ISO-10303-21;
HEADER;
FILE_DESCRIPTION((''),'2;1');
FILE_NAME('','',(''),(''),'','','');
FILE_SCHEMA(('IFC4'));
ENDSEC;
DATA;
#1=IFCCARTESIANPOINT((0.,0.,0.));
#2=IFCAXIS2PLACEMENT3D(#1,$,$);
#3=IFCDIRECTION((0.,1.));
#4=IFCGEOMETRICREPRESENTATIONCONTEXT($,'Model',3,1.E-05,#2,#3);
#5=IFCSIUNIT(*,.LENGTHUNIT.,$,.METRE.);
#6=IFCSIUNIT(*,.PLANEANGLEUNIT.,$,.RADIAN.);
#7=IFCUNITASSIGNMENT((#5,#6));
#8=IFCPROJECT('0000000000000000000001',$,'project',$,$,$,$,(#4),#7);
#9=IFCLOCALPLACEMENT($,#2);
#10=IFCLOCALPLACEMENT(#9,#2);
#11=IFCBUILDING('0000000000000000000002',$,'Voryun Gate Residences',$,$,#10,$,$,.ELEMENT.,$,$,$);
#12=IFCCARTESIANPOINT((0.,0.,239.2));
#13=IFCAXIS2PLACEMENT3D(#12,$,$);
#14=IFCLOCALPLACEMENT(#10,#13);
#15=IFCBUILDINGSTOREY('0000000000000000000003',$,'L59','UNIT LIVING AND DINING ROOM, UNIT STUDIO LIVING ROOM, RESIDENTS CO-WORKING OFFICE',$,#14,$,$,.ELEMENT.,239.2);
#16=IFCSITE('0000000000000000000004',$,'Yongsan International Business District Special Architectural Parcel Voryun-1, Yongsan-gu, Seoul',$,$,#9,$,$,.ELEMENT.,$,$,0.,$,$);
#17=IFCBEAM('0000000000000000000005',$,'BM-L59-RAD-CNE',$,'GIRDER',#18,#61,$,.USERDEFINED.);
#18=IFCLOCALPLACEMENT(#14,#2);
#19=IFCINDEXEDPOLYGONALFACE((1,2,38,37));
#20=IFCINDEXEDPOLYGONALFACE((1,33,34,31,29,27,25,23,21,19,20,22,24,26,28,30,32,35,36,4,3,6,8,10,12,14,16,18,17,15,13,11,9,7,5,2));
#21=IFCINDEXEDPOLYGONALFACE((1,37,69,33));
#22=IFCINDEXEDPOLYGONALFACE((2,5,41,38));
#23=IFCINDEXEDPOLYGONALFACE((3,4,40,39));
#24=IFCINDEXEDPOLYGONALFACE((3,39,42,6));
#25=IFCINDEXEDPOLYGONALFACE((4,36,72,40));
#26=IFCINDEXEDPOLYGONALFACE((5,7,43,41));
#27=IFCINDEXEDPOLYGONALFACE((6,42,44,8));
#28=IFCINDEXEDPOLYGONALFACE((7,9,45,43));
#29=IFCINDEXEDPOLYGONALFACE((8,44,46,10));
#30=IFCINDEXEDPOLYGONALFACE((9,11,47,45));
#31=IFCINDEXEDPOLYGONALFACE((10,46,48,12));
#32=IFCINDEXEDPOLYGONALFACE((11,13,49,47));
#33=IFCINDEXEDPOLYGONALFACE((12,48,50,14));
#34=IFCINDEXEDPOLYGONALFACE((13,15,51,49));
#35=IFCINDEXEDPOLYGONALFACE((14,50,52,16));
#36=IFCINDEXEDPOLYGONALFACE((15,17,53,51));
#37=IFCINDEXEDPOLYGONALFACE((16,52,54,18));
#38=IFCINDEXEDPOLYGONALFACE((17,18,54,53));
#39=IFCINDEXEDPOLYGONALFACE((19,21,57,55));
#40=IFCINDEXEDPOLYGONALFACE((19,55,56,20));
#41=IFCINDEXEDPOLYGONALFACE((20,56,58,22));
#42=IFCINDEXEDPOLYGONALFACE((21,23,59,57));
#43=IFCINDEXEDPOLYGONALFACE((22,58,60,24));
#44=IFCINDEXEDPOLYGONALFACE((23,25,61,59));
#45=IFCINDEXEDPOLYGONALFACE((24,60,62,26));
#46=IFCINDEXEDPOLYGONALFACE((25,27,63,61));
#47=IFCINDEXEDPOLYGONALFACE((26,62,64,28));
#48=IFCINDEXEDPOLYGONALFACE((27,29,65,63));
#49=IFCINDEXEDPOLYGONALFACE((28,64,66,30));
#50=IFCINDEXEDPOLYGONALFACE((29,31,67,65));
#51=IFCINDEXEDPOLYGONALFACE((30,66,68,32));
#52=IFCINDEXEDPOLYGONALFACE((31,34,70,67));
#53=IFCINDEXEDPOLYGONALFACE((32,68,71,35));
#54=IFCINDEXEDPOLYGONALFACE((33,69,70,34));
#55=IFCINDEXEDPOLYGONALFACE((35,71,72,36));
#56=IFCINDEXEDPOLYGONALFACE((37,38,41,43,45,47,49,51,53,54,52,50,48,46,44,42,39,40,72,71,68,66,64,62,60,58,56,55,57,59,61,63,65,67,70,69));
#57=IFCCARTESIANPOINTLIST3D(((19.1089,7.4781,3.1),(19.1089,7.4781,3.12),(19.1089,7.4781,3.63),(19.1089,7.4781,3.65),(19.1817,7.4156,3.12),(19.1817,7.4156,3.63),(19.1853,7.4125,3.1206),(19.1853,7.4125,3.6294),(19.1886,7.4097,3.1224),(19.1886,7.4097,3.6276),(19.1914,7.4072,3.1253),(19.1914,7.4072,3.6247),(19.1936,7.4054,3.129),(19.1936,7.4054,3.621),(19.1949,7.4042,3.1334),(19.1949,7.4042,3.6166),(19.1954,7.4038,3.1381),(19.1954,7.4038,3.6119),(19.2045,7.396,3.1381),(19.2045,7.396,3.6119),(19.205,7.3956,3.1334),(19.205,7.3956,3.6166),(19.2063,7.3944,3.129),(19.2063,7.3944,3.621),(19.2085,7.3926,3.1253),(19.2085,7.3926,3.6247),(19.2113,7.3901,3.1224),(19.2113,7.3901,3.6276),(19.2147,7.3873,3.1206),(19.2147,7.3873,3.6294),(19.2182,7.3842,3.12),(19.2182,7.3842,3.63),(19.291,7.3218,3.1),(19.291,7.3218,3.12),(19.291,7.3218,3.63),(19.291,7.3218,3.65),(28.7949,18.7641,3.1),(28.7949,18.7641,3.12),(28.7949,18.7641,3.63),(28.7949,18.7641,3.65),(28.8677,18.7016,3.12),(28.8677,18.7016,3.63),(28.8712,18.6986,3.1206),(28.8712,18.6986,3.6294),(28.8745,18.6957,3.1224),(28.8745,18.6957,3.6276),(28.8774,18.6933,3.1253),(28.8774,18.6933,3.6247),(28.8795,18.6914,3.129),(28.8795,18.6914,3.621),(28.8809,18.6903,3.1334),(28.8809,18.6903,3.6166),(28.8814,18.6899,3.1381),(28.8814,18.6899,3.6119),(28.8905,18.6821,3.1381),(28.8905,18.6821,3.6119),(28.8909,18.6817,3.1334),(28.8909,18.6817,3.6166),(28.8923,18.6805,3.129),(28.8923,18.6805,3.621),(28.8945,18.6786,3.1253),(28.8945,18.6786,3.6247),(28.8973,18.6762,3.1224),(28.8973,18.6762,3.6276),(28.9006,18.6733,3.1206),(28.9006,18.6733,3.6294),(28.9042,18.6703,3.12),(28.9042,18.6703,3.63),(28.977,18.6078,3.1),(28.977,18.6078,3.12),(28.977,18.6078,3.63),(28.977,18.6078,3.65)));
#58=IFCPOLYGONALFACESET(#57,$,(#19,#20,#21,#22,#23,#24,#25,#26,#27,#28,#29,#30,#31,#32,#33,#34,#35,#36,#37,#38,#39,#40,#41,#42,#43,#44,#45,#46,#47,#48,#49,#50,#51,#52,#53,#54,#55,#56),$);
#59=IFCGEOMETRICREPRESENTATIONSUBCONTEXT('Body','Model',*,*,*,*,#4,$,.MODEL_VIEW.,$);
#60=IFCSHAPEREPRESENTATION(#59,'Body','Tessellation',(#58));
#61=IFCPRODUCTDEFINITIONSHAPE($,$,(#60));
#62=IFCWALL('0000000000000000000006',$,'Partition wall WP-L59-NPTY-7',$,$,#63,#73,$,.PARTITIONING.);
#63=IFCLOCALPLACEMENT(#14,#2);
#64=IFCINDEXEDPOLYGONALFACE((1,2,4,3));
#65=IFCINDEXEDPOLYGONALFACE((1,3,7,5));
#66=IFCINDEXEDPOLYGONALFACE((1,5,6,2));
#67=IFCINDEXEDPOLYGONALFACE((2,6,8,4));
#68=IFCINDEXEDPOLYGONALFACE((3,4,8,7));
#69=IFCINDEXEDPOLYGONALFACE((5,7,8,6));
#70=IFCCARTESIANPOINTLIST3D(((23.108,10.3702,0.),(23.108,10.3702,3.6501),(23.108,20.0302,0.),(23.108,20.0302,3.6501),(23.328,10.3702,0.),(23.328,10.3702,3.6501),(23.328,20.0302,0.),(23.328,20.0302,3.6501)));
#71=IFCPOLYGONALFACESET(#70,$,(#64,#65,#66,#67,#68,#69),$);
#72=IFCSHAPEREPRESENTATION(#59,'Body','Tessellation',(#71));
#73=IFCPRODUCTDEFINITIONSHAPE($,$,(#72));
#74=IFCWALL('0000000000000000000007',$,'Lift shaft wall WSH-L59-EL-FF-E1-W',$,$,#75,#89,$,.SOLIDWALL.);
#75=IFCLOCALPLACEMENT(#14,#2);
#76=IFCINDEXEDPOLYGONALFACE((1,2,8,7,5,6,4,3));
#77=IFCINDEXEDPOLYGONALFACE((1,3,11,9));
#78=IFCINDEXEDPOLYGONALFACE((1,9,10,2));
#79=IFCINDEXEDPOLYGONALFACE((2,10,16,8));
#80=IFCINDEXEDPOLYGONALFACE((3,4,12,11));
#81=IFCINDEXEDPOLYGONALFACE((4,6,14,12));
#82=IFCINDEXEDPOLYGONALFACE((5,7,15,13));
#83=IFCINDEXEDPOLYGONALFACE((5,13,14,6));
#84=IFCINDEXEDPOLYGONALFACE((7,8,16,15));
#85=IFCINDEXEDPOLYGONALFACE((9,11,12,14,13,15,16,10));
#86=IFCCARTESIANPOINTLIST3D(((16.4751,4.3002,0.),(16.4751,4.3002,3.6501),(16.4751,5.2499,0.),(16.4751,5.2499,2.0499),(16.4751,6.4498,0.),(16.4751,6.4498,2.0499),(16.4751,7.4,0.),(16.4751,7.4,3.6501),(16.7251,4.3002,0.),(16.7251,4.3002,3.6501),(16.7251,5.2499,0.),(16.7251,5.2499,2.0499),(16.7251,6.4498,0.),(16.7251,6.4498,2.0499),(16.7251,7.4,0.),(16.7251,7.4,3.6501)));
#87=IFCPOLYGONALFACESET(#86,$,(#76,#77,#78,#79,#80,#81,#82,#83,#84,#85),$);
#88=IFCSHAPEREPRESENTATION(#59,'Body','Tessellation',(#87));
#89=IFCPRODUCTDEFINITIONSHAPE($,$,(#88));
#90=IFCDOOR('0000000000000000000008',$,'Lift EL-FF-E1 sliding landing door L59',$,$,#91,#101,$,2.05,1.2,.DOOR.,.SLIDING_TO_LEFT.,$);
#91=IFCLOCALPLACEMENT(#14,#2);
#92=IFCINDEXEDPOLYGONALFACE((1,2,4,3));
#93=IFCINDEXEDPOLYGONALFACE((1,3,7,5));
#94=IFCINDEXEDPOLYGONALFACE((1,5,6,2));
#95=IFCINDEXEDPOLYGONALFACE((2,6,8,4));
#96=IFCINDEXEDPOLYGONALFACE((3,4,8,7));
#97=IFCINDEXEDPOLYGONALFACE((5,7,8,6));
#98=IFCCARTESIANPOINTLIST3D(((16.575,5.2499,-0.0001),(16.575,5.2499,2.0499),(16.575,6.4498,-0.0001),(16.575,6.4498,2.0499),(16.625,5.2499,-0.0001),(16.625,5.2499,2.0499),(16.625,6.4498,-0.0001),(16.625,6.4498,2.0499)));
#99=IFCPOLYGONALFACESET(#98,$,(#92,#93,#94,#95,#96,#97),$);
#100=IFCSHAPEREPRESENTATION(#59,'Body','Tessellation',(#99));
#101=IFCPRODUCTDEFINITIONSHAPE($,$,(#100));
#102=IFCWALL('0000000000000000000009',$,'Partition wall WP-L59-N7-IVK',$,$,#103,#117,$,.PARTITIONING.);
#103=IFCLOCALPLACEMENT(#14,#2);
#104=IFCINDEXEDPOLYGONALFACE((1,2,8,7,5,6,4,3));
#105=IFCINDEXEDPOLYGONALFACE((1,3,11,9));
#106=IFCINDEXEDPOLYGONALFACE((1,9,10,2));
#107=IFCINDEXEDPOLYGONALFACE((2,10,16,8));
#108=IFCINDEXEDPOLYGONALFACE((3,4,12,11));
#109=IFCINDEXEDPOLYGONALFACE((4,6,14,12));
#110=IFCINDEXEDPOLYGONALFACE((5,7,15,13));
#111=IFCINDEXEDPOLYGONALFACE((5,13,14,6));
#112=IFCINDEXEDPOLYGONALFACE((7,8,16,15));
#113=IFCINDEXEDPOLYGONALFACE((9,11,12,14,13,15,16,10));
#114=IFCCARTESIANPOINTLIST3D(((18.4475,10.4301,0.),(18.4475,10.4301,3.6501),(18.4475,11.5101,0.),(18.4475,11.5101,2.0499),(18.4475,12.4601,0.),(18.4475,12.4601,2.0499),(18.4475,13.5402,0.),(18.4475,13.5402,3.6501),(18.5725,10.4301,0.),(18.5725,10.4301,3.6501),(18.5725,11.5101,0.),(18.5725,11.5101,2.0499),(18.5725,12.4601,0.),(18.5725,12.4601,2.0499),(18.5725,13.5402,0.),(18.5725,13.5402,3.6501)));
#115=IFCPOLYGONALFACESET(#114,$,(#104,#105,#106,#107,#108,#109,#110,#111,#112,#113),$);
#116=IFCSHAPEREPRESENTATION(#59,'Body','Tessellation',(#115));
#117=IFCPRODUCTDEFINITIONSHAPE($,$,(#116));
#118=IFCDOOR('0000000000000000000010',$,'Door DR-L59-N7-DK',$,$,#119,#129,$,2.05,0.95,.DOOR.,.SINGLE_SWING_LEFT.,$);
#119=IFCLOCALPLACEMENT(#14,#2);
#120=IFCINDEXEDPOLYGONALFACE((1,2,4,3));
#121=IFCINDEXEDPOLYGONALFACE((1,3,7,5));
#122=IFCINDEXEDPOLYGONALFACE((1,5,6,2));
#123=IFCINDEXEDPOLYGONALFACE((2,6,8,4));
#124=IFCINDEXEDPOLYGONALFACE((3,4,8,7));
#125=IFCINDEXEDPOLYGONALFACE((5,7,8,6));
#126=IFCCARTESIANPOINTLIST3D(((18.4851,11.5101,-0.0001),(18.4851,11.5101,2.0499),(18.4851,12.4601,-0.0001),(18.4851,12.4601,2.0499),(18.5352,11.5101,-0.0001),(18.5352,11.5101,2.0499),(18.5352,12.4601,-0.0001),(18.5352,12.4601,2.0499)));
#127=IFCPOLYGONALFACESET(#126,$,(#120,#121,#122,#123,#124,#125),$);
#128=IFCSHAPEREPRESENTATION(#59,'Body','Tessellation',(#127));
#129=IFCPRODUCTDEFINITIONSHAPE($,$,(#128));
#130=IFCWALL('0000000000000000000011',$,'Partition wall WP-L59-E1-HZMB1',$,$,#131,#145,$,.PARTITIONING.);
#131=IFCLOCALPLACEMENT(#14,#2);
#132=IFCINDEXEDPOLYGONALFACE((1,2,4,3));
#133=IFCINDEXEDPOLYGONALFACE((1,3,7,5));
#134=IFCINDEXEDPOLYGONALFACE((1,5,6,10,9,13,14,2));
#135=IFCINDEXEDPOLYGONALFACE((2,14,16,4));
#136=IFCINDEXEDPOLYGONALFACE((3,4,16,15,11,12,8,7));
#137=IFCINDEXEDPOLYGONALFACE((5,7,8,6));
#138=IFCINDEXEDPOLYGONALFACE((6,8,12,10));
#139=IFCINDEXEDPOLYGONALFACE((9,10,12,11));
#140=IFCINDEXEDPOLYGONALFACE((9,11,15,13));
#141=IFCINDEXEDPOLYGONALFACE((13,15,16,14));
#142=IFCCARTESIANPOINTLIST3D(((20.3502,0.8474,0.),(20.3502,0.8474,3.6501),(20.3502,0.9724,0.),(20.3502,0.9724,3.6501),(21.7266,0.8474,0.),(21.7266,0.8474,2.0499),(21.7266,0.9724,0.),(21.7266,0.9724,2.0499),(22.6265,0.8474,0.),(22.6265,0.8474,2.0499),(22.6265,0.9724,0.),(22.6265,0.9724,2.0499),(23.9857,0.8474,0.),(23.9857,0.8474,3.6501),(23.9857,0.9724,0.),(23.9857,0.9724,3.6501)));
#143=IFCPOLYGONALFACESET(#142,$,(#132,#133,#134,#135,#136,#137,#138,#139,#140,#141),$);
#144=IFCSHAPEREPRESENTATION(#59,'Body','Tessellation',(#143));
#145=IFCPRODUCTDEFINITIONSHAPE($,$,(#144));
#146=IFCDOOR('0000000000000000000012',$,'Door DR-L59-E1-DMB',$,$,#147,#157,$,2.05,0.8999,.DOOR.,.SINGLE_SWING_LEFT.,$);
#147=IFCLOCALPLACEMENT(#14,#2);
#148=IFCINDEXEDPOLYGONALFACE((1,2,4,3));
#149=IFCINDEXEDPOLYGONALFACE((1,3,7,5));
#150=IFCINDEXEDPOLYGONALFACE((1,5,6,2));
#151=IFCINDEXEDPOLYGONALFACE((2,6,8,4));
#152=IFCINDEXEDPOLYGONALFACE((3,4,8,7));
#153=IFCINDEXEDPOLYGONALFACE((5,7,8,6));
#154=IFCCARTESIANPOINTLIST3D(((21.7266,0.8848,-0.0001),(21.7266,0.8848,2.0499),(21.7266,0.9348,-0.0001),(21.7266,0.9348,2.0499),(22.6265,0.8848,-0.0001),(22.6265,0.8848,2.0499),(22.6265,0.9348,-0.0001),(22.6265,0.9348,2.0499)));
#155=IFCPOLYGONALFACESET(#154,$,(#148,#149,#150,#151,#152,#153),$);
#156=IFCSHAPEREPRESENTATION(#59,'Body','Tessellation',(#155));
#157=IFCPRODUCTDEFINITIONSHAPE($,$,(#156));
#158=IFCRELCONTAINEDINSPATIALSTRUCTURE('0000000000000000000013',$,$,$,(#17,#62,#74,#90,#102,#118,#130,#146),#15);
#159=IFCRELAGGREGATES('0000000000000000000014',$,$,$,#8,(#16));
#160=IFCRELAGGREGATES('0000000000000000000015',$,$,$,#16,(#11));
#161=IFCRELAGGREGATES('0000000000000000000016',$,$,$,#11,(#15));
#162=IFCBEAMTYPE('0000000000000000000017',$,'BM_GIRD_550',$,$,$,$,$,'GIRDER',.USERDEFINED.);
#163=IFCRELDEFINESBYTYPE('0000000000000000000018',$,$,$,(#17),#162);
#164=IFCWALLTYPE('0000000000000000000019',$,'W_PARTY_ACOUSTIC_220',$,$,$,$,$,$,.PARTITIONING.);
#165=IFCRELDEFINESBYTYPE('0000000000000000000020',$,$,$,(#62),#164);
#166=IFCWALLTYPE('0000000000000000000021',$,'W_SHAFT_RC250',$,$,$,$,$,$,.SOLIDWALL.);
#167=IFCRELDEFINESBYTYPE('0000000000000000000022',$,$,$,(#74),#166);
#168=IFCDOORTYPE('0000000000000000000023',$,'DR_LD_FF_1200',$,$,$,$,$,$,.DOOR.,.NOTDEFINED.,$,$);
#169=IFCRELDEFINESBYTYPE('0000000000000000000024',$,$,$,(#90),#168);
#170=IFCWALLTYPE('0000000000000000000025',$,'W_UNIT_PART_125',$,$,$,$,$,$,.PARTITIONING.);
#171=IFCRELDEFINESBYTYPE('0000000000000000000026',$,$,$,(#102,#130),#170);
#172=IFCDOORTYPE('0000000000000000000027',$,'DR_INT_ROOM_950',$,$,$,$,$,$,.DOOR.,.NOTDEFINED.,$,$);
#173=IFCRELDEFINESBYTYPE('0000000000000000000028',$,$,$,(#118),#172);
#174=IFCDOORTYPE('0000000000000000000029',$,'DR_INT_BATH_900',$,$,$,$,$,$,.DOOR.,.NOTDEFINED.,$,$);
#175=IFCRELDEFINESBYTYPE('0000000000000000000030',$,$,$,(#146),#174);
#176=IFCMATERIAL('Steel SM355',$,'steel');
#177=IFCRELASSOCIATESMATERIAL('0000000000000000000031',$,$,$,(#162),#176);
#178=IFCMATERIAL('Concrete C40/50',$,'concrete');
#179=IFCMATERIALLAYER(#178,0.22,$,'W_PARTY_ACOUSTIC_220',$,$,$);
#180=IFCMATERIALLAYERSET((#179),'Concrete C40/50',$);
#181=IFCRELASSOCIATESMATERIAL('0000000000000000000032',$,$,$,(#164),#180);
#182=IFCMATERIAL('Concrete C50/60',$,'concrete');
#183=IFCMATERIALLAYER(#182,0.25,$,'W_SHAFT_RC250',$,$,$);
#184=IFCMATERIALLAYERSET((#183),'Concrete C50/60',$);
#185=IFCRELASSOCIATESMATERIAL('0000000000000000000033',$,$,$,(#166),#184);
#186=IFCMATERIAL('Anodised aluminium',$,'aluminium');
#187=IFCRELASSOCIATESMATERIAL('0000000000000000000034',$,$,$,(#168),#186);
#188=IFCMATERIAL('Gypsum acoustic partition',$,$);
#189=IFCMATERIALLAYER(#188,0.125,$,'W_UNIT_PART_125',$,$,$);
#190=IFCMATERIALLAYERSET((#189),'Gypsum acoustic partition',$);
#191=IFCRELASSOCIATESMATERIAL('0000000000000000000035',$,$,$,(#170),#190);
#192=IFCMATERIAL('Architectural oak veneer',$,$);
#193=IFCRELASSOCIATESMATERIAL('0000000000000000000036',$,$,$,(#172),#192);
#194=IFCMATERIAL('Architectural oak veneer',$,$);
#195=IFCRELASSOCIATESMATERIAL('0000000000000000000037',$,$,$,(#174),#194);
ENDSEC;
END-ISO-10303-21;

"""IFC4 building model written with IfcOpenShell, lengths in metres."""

from ifc_helpers import new_model, si_unit, direction, frame, frame_2d, origin, origin_2d, place, context, subcontext, project, spatial, rectangle, i_section, extrude, material, layer, layer_set, material_profile, profile_set, type_object, element, fill, save


model = new_model("IFC4")

# Units and contexts
model_context = context("Model", 3, precision=1e-05, world=origin(), true_north=direction((0.0, 1.0)))
body_context = subcontext(model_context, "Body", "Model", "MODEL_VIEW")
ifc_project = project(units=[si_unit("LENGTHUNIT", "METRE"), si_unit("PLANEANGLEUNIT", "RADIAN")], contexts=[model_context])

# Site, building, storey
site_placement = place(None, origin())
site = spatial("IfcSite", under=ifc_project, at=site_placement, Name="Yongsan International Business District Special Architectural Parcel Voryun-1, Yongsan-gu, Seoul", CompositionType="ELEMENT", RefElevation=0.0)
building_placement = place(site_placement, origin())
building = spatial("IfcBuilding", under=site, at=building_placement, Name="Voryun Gate Residences", CompositionType="ELEMENT")
storey_placement = place(building_placement, frame((0.0, 0.0, 239.2)))
storey = spatial("IfcBuildingStorey", under=building, at=storey_placement, Name="L59", Description="UNIT LIVING AND DINING ROOM, UNIT STUDIO LIVING ROOM, RESIDENTS CO-WORKING OFFICE", CompositionType="ELEMENT", Elevation=239.2)

# Beam
ifc_material_1 = material(Name="Steel SM355", Category="steel")
ifc_material_profile_1 = material_profile(ifc_material_1, i_section(OverallWidth=0.24, OverallDepth=0.55, WebThickness=0.012, FlangeThickness=0.02, FilletRadius=0.0181, at=origin_2d()), Name="H-550x240x12x20")
ifc_profile_set_1 = profile_set([ifc_material_profile_1], Name="Steel SM355")
beam_type_1 = type_object("IfcBeamType", Name="BM_GIRD_550", ElementType="GIRDER", PredefinedType="USERDEFINED", material=ifc_profile_set_1)
beam_1_placement = place(storey_placement, frame((19.2, 7.3999, 3.375), z_axis=(0.651264, 0.758851, 0.0), x_axis=(-0.758851, 0.651264, 0.0)))
element("IfcBeam", 1, at=beam_1_placement, inside=storey, type_object=beam_type_1, Name="BM-L59-RAD-CNE", ObjectType="GIRDER", PredefinedType="USERDEFINED", context=body_context, shape_type="SweptSolid", body=[
    extrude(i_section(OverallWidth=0.24, OverallDepth=0.55, WebThickness=0.012, FlangeThickness=0.02, FilletRadius=0.0181, at=origin_2d()), origin(), (0.0, 0.0, 1.0), 14.8726),
])

# Wall
ifc_material_2 = material(Name="Concrete C40/50", Category="concrete")
ifc_layer_1 = layer(ifc_material_2, 0.22, Name="W_PARTY_ACOUSTIC_220")
ifc_layer_set_1 = layer_set([ifc_layer_1], Name="Concrete C40/50")
wall_type_1 = type_object("IfcWallType", Name="W_PARTY_ACOUSTIC_220", PredefinedType="PARTITIONING", material=ifc_layer_set_1)
wall_1_placement = place(storey_placement, frame((23.218, 10.3701, 0.0), z_axis=(0.0, 0.0, 1.0), x_axis=(0.0, 1.0, 0.0)))
element("IfcWall", 2, at=wall_1_placement, inside=storey, type_object=wall_type_1, Name="Partition wall WP-L59-NPTY-7", PredefinedType="PARTITIONING", context=body_context, shape_type="SweptSolid", body=[
    extrude(rectangle(XDim=9.6599, YDim=0.22, at=frame_2d((4.8301, 0.0))), origin(), (0.0, 0.0, 1.0), 3.6501),
])

# Walls, openings, doors
ifc_material_3 = material(Name="Concrete C50/60", Category="concrete")
ifc_layer_2 = layer(ifc_material_3, 0.25, Name="W_SHAFT_RC250")
ifc_layer_set_2 = layer_set([ifc_layer_2], Name="Concrete C50/60")
wall_type_2 = type_object("IfcWallType", Name="W_SHAFT_RC250", PredefinedType="SOLIDWALL", material=ifc_layer_set_2)
wall_2_placement = place(storey_placement, frame((16.6001, 7.3999, 0.0), z_axis=(0.0, 0.0, 1.0), x_axis=(0.0, -1.0, 0.0)))
wall_2 = element("IfcWall", 3, at=wall_2_placement, inside=storey, type_object=wall_type_2, Name="Lift shaft wall WSH-L59-EL-FF-E1-W", PredefinedType="SOLIDWALL", context=body_context, shape_type="SweptSolid", body=[
    extrude(rectangle(XDim=3.0999, YDim=0.25, at=frame_2d((1.5498, 0.0))), origin(), (0.0, 0.0, 1.0), 3.6501),
])
opening_1_placement = place(wall_2_placement, frame((0.95, 0.0, 0.0)))
opening_1 = element("IfcOpeningElement", 4, at=opening_1_placement, cuts=wall_2, PredefinedType="OPENING", context=body_context, shape_type="SweptSolid", body=[
    extrude(rectangle(XDim=1.2, YDim=2.05, at=frame_2d((0.6001, 1.0249))), frame((0.0, 0.135, 0.0), z_axis=(0.0, -1.0, 0.0), x_axis=(1.0, 0.0, 0.0)), (0.0, 0.0, 1.0), 0.27),
])
ifc_material_4 = material(Name="Anodised aluminium", Category="aluminium")
door_type_1 = type_object("IfcDoorType", Name="DR_LD_FF_1200", OperationType="NOTDEFINED", PredefinedType="DOOR", material=ifc_material_4)
door_1_placement = place(opening_1_placement, origin())
door_1 = element("IfcDoor", 5, at=door_1_placement, inside=storey, type_object=door_type_1, Name="Lift EL-FF-E1 sliding landing door L59", OperationType="SLIDING_TO_LEFT", OverallHeight=2.05, OverallWidth=1.2, PredefinedType="DOOR", context=body_context, shape_type="SweptSolid", body=[
    extrude(rectangle(XDim=1.2, YDim=2.05, at=frame_2d((0.6001, 1.0249))), frame((0.0, 0.0249, 0.0), z_axis=(0.0, -1.0, 0.0), x_axis=(1.0, 0.0, 0.0)), (0.0, 0.0, 1.0), 0.05),
])
fill(opening_1, door_1)
ifc_material_5 = material(Name="Gypsum acoustic partition")
ifc_layer_3 = layer(ifc_material_5, 0.125, Name="W_UNIT_PART_125")
ifc_layer_set_3 = layer_set([ifc_layer_3], Name="Gypsum acoustic partition")
wall_type_3 = type_object("IfcWallType", Name="W_UNIT_PART_125", PredefinedType="PARTITIONING", material=ifc_layer_set_3)
wall_3_placement = place(storey_placement, frame((18.51, 10.4299, 0.0), z_axis=(0.0, 0.0, 1.0), x_axis=(0.0, 1.0, 0.0)))
wall_3 = element("IfcWall", 6, at=wall_3_placement, inside=storey, type_object=wall_type_3, Name="Partition wall WP-L59-N7-IVK", PredefinedType="PARTITIONING", context=body_context, shape_type="SweptSolid", body=[
    extrude(rectangle(XDim=3.1101, YDim=0.125, at=frame_2d((1.5552, 0.0))), origin(), (0.0, 0.0, 1.0), 3.6501),
])
opening_2_placement = place(wall_3_placement, frame((1.0801, 0.0, 0.0)))
opening_2 = element("IfcOpeningElement", 7, at=opening_2_placement, cuts=wall_3, PredefinedType="OPENING", context=body_context, shape_type="SweptSolid", body=[
    extrude(rectangle(XDim=0.95, YDim=2.05, at=frame_2d((0.4751, 1.0249))), frame((0.0, 0.0725, 0.0), z_axis=(0.0, -1.0, 0.0), x_axis=(1.0, 0.0, 0.0)), (0.0, 0.0, 1.0), 0.145),
])
ifc_material_6 = material(Name="Architectural oak veneer")
door_type_2 = type_object("IfcDoorType", Name="DR_INT_ROOM_950", OperationType="NOTDEFINED", PredefinedType="DOOR", material=ifc_material_6)
door_2_placement = place(opening_2_placement, origin())
door_2 = element("IfcDoor", 8, at=door_2_placement, inside=storey, type_object=door_type_2, Name="Door DR-L59-N7-DK", OperationType="SINGLE_SWING_LEFT", OverallHeight=2.05, OverallWidth=0.95, PredefinedType="DOOR", context=body_context, shape_type="SweptSolid", body=[
    extrude(rectangle(XDim=0.95, YDim=2.05, at=frame_2d((0.4751, 1.0249))), frame((0.0, 0.0249, 0.0), z_axis=(0.0, -1.0, 0.0), x_axis=(1.0, 0.0, 0.0)), (0.0, 0.0, 1.0), 0.05),
])
fill(opening_2, door_2)
wall_4_placement = place(storey_placement, frame((20.3501, 0.9099, 0.0), z_axis=(0.0, 0.0, 1.0), x_axis=(1.0, 0.0, 0.0)))
wall_4 = element("IfcWall", 9, at=wall_4_placement, inside=storey, type_object=wall_type_3, Name="Partition wall WP-L59-E1-HZMB1", PredefinedType="PARTITIONING", context=body_context, shape_type="SweptSolid", body=[
    extrude(rectangle(XDim=3.6355, YDim=0.125, at=frame_2d((1.8179, 0.0))), origin(), (0.0, 0.0, 1.0), 3.6501),
])
opening_3_placement = place(wall_4_placement, frame((1.3765, 0.0, 0.0)))
opening_3 = element("IfcOpeningElement", 10, at=opening_3_placement, cuts=wall_4, PredefinedType="OPENING", context=body_context, shape_type="SweptSolid", body=[
    extrude(rectangle(XDim=0.8999, YDim=2.05, at=frame_2d((0.45, 1.0249))), frame((0.0, 0.0725, 0.0), z_axis=(0.0, -1.0, 0.0), x_axis=(1.0, 0.0, 0.0)), (0.0, 0.0, 1.0), 0.145),
])
ifc_material_7 = material(Name="Architectural oak veneer")
door_type_3 = type_object("IfcDoorType", Name="DR_INT_BATH_900", OperationType="NOTDEFINED", PredefinedType="DOOR", material=ifc_material_7)
door_3_placement = place(opening_3_placement, origin())
door_3 = element("IfcDoor", 11, at=door_3_placement, inside=storey, type_object=door_type_3, Name="Door DR-L59-E1-DMB", OperationType="SINGLE_SWING_LEFT", OverallHeight=2.05, OverallWidth=0.8999, PredefinedType="DOOR", context=body_context, shape_type="SweptSolid", body=[
    extrude(rectangle(XDim=0.8999, YDim=2.05, at=frame_2d((0.45, 1.0249))), frame((0.0, 0.0249, 0.0), z_axis=(0.0, -1.0, 0.0), x_axis=(1.0, 0.0, 0.0)), (0.0, 0.0, 1.0), 0.05),
])
fill(opening_3, door_3)

save(model, "model.ifc")
